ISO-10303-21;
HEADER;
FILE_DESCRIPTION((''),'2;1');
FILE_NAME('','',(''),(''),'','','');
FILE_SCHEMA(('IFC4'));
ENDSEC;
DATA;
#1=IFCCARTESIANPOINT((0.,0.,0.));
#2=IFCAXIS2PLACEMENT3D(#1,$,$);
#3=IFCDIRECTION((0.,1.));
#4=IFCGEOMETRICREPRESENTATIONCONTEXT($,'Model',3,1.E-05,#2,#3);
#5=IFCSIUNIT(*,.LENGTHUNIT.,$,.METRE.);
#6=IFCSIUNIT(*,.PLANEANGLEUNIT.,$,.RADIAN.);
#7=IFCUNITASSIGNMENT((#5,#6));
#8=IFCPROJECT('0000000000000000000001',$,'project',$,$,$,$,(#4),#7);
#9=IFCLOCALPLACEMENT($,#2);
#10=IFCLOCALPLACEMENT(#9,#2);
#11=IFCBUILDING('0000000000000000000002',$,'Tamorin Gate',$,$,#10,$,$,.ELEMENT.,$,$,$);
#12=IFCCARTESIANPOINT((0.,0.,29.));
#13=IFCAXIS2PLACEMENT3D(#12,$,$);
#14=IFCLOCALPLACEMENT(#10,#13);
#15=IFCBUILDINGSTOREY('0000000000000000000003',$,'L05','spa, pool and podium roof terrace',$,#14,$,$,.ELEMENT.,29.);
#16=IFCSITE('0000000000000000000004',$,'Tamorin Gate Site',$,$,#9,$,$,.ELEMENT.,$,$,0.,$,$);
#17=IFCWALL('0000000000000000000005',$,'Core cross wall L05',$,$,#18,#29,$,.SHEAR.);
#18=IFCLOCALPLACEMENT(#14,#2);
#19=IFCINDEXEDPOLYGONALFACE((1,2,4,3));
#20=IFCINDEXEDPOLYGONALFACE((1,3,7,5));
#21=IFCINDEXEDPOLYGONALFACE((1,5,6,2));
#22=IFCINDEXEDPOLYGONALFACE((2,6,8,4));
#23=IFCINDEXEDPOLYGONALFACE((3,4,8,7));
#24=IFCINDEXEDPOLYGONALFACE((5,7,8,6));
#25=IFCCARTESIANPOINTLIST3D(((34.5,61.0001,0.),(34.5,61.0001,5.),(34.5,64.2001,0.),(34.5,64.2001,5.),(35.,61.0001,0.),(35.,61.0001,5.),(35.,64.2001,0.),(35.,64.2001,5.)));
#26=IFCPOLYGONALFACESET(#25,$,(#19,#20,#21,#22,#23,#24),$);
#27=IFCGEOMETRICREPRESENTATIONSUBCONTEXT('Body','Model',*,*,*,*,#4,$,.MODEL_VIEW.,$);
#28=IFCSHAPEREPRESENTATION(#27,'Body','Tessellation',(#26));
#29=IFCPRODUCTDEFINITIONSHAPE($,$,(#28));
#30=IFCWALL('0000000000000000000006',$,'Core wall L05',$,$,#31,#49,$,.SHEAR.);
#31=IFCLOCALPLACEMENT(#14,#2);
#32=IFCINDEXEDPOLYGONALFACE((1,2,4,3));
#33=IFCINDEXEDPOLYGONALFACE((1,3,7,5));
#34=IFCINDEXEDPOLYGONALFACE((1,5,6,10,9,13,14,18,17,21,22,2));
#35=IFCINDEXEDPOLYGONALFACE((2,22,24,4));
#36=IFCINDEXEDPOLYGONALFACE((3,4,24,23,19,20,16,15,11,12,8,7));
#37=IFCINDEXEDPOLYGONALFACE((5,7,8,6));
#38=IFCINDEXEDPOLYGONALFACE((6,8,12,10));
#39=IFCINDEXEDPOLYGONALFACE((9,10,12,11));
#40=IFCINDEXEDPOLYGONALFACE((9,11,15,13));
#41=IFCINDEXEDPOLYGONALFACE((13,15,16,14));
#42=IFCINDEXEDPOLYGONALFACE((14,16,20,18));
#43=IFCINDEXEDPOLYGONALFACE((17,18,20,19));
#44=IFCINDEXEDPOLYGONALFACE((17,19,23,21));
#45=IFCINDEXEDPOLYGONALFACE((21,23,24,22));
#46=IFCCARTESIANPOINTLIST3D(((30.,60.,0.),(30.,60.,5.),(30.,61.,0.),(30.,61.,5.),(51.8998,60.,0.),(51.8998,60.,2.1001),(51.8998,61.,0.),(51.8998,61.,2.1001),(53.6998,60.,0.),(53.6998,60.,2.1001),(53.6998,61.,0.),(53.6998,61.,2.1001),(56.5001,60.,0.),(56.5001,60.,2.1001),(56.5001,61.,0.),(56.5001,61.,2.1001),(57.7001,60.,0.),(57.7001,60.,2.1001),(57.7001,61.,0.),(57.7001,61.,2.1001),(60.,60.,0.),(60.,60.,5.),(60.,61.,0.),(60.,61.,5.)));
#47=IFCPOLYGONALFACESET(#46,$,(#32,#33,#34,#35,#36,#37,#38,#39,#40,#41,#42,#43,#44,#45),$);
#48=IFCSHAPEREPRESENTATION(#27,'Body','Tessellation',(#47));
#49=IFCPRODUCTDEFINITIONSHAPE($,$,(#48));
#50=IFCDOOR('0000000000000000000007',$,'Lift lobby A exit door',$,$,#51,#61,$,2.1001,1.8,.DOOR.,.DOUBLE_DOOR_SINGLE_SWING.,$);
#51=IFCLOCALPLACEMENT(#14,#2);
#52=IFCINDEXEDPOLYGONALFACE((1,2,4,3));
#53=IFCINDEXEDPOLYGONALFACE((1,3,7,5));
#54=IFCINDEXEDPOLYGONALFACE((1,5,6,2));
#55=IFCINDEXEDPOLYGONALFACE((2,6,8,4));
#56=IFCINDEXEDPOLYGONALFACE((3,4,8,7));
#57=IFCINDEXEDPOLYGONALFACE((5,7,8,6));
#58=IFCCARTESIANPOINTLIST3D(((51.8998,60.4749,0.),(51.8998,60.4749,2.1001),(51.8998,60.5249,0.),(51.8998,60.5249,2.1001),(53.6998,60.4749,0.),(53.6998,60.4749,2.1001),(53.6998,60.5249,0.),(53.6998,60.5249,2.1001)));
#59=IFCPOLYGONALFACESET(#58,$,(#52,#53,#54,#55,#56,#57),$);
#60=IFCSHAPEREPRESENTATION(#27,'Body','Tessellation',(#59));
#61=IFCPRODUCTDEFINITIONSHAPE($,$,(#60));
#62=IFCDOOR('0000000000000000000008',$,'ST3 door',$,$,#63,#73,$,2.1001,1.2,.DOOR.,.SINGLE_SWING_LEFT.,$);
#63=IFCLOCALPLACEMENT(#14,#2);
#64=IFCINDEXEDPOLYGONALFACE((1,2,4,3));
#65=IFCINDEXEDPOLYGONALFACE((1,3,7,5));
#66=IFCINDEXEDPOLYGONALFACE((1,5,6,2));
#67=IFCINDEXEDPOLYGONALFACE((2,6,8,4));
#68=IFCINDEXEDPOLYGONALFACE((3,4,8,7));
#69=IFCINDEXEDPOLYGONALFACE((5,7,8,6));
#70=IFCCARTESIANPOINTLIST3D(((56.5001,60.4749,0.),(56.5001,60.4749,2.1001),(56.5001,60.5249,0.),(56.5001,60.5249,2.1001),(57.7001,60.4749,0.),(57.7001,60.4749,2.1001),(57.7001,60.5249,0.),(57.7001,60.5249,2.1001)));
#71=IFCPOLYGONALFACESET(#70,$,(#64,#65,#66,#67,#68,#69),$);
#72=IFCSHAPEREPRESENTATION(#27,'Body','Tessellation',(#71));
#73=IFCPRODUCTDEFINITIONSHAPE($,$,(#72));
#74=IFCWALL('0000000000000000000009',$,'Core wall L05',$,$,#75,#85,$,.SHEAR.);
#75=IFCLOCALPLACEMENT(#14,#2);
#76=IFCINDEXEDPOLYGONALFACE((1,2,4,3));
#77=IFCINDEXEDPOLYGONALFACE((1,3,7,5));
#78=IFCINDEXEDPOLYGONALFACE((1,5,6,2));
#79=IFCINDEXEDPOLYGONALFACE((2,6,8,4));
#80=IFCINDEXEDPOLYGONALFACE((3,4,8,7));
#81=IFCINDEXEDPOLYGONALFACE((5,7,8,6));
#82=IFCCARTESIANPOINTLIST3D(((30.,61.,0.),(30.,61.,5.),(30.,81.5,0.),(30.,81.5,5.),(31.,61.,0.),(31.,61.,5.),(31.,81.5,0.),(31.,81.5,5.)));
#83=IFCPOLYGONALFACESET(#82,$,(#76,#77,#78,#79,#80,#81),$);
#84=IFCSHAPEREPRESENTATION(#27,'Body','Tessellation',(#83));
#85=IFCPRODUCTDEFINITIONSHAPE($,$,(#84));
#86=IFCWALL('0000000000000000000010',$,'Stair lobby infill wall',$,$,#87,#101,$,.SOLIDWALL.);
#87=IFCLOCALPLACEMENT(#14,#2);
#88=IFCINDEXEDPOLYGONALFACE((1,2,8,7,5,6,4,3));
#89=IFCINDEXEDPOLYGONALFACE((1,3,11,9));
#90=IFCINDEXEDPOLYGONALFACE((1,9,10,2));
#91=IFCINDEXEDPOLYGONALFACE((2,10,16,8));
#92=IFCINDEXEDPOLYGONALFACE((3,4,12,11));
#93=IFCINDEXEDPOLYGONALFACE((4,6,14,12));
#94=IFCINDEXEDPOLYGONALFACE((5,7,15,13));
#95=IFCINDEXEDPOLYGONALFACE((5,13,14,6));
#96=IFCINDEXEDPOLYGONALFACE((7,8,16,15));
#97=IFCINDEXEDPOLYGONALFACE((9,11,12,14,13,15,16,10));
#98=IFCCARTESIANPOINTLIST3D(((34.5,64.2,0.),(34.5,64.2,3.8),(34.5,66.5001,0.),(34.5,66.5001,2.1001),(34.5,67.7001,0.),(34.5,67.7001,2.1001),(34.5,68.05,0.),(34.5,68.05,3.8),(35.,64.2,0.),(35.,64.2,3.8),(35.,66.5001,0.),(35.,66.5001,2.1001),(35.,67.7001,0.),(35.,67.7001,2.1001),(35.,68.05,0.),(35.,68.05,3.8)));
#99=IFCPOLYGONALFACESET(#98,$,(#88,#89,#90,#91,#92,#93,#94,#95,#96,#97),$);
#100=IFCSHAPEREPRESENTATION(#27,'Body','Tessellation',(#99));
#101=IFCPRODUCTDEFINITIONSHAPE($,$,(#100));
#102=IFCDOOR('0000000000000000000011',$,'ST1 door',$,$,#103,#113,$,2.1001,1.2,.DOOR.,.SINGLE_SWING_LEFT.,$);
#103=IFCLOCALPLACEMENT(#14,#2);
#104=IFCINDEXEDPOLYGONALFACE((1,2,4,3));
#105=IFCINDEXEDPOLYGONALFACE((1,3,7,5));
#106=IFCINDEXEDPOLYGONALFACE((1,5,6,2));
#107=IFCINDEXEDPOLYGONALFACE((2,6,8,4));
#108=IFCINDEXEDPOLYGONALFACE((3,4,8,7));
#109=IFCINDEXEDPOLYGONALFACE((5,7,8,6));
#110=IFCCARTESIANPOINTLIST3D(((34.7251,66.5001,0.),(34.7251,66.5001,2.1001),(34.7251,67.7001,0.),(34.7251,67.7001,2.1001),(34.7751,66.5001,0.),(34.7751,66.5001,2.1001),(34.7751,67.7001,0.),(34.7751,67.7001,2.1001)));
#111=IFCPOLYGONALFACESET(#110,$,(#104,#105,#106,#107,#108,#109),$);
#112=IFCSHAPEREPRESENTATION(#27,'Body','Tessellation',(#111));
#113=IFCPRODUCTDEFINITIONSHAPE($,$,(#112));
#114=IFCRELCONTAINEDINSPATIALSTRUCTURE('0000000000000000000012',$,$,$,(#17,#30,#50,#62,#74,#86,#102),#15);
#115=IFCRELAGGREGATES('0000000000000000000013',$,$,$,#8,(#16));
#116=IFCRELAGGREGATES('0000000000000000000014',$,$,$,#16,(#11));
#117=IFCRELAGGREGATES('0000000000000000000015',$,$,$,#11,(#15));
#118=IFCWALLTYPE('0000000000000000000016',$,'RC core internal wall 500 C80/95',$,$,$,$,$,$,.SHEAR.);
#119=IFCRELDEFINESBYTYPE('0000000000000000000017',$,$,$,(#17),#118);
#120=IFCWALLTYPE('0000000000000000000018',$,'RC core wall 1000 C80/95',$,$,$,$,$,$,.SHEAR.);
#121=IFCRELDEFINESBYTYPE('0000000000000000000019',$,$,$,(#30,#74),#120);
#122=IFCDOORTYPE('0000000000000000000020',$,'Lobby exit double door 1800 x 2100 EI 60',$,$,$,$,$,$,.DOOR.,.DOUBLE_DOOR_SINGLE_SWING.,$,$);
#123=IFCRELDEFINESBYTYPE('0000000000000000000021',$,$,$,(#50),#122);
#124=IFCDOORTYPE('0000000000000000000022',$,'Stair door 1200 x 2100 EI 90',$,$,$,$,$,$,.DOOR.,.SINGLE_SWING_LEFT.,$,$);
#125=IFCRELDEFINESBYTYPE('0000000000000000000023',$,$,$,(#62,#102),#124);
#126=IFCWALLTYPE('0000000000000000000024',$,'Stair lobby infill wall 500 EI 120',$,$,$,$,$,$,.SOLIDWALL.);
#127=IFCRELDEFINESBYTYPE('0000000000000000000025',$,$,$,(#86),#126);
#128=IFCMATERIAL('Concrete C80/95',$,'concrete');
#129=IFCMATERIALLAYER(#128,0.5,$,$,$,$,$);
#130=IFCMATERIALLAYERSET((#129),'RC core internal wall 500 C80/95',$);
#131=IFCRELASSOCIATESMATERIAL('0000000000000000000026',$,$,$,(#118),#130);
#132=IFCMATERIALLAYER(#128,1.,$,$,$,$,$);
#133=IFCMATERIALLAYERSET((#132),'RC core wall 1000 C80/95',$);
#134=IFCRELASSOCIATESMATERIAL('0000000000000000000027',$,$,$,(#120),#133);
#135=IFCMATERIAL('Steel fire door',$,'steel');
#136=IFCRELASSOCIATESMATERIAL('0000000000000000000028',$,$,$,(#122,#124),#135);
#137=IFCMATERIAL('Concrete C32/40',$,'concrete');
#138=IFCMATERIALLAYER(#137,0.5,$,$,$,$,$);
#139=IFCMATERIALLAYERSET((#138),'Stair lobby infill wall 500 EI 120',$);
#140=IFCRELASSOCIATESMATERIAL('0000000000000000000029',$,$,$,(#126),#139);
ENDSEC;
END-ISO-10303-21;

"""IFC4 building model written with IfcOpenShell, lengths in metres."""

from ifc_helpers import new_model, si_unit, direction, frame, frame_2d, origin, place, context, subcontext, project, spatial, rectangle, extrude, material, layer, layer_set, type_object, element, fill, save


model = new_model("IFC4")

# Units and contexts
model_context = context("Model", 3, precision=1e-05, world=origin(), true_north=direction((0.0, 1.0)))
body_context = subcontext(model_context, "Body", "Model", "MODEL_VIEW")
ifc_project = project(units=[si_unit("LENGTHUNIT", "METRE"), si_unit("PLANEANGLEUNIT", "RADIAN")], contexts=[model_context])

# Site, building, storey
site_placement = place(None, origin())
site = spatial("IfcSite", under=ifc_project, at=site_placement, Name="Tamorin Gate Site", CompositionType="ELEMENT", RefElevation=0.0)
building_placement = place(site_placement, origin())
building = spatial("IfcBuilding", under=site, at=building_placement, Name="Tamorin Gate", CompositionType="ELEMENT")
storey_placement = place(building_placement, frame((0.0, 0.0, 29.0)))
storey = spatial("IfcBuildingStorey", under=building, at=storey_placement, Name="L05", Description="spa, pool and podium roof terrace", CompositionType="ELEMENT", Elevation=29.0)

# Shared definitions
ifc_material_1 = material(Name="Concrete C80/95", Category="concrete")

# Shared definitions
ifc_material_2 = material(Name="Concrete C32/40", Category="concrete")

# Wall
ifc_layer_1 = layer(ifc_material_1, 0.5)
ifc_layer_set_1 = layer_set([ifc_layer_1], Name="RC core internal wall 500 C80/95")
wall_type_1 = type_object("IfcWallType", Name="RC core internal wall 500 C80/95", PredefinedType="SHEAR", material=ifc_layer_set_1)
wall_1_placement = place(storey_placement, frame((34.75, 61.0, 0.0), z_axis=(0.0, 0.0, 1.0), x_axis=(0.0, 1.0, 0.0)))
element("IfcWall", 1, at=wall_1_placement, inside=storey, type_object=wall_type_1, Name="Core cross wall L05", PredefinedType="SHEAR", context=body_context, shape_type="SweptSolid", body=[
    extrude(rectangle(XDim=3.2, YDim=0.5, at=frame_2d((1.6001, 0.0))), origin(), (0.0, 0.0, 1.0), 5.0),
])

# Wall, openings, doors
ifc_layer_2 = layer(ifc_material_1, 1.0)
ifc_layer_set_2 = layer_set([ifc_layer_2], Name="RC core wall 1000 C80/95")
wall_type_2 = type_object("IfcWallType", Name="RC core wall 1000 C80/95", PredefinedType="SHEAR", material=ifc_layer_set_2)
wall_2_placement = place(storey_placement, frame((30.0, 60.5, 0.0), z_axis=(0.0, 0.0, 1.0), x_axis=(1.0, 0.0, 0.0)))
wall_2 = element("IfcWall", 2, at=wall_2_placement, inside=storey, type_object=wall_type_2, Name="Core wall L05", PredefinedType="SHEAR", context=body_context, shape_type="SweptSolid", body=[
    extrude(rectangle(XDim=30.0, YDim=1.0, at=frame_2d((15.0, 0.0))), origin(), (0.0, 0.0, 1.0), 5.0),
])
opening_1_placement = place(wall_2_placement, frame((21.8999, 0.0, 0.0)))
opening_1 = element("IfcOpeningElement", 3, at=opening_1_placement, cuts=wall_2, PredefinedType="OPENING", context=body_context, shape_type="SweptSolid", body=[
    extrude(rectangle(XDim=1.8, YDim=2.1001, at=frame_2d((0.8999, 1.05))), frame((0.0, 0.51, 0.0), z_axis=(0.0, -1.0, 0.0), x_axis=(1.0, 0.0, 0.0)), (0.0, 0.0, 1.0), 1.02),
])
opening_2_placement = place(wall_2_placement, frame((26.5, 0.0, 0.0)))
opening_2 = element("IfcOpeningElement", 4, at=opening_2_placement, cuts=wall_2, PredefinedType="OPENING", context=body_context, shape_type="SweptSolid", body=[
    extrude(rectangle(XDim=1.2, YDim=2.1001, at=frame_2d((0.6001, 1.05))), frame((0.0, 0.51, 0.0), z_axis=(0.0, -1.0, 0.0), x_axis=(1.0, 0.0, 0.0)), (0.0, 0.0, 1.0), 1.02),
])
ifc_material_3 = material(Name="Steel fire door", Category="steel")
door_type_1 = type_object("IfcDoorType", Name="Lobby exit double door 1800 x 2100 EI 60", OperationType="DOUBLE_DOOR_SINGLE_SWING", PredefinedType="DOOR", material=ifc_material_3)
door_1_placement = place(opening_1_placement, origin())
door_1 = element("IfcDoor", 5, at=door_1_placement, inside=storey, type_object=door_type_1, Name="Lift lobby A exit door", OperationType="DOUBLE_DOOR_SINGLE_SWING", OverallHeight=2.1001, OverallWidth=1.8, PredefinedType="DOOR", context=body_context, shape_type="SweptSolid", body=[
    extrude(rectangle(XDim=1.8, YDim=2.1001, at=frame_2d((0.8999, 1.05))), frame((0.0, 0.0249, 0.0), z_axis=(0.0, -1.0, 0.0), x_axis=(1.0, 0.0, 0.0)), (0.0, 0.0, 1.0), 0.05),
])
fill(opening_1, door_1)
door_type_2 = type_object("IfcDoorType", Name="Stair door 1200 x 2100 EI 90", OperationType="SINGLE_SWING_LEFT", PredefinedType="DOOR", material=ifc_material_3)
door_2_placement = place(opening_2_placement, origin())
door_2 = element("IfcDoor", 6, at=door_2_placement, inside=storey, type_object=door_type_2, Name="ST3 door", OperationType="SINGLE_SWING_LEFT", OverallHeight=2.1001, OverallWidth=1.2, PredefinedType="DOOR", context=body_context, shape_type="SweptSolid", body=[
    extrude(rectangle(XDim=1.2, YDim=2.1001, at=frame_2d((0.6001, 1.05))), frame((0.0, 0.0249, 0.0), z_axis=(0.0, -1.0, 0.0), x_axis=(1.0, 0.0, 0.0)), (0.0, 0.0, 1.0), 0.05),
])
fill(opening_2, door_2)

# Wall
wall_3_placement = place(storey_placement, frame((30.5, 61.0, 0.0), z_axis=(0.0, 0.0, 1.0), x_axis=(0.0, 1.0, 0.0)))
element("IfcWall", 7, at=wall_3_placement, inside=storey, type_object=wall_type_2, Name="Core wall L05", PredefinedType="SHEAR", context=body_context, shape_type="SweptSolid", body=[
    extrude(rectangle(XDim=20.5, YDim=1.0, at=frame_2d((10.25, 0.0))), origin(), (0.0, 0.0, 1.0), 5.0),
])

# Wall, opening, door
ifc_layer_3 = layer(ifc_material_2, 0.5)
ifc_layer_set_3 = layer_set([ifc_layer_3], Name="Stair lobby infill wall 500 EI 120")
wall_type_3 = type_object("IfcWallType", Name="Stair lobby infill wall 500 EI 120", PredefinedType="SOLIDWALL", material=ifc_layer_set_3)
wall_4_placement = place(storey_placement, frame((34.75, 64.2, 0.0), z_axis=(0.0, 0.0, 1.0), x_axis=(0.0, 1.0, 0.0)))
wall_4 = element("IfcWall", 8, at=wall_4_placement, inside=storey, type_object=wall_type_3, Name="Stair lobby infill wall", PredefinedType="SOLIDWALL", context=body_context, shape_type="SweptSolid", body=[
    extrude(rectangle(XDim=3.8501, YDim=0.5, at=frame_2d((1.925, 0.0))), origin(), (0.0, 0.0, 1.0), 3.8),
])
opening_3_placement = place(wall_4_placement, frame((2.3, 0.0, 0.0)))
opening_3 = element("IfcOpeningElement", 9, at=opening_3_placement, cuts=wall_4, PredefinedType="OPENING", context=body_context, shape_type="SweptSolid", body=[
    extrude(rectangle(XDim=1.2, YDim=2.1001, at=frame_2d((0.6001, 1.05))), frame((0.0, 0.26, 0.0), z_axis=(0.0, -1.0, 0.0), x_axis=(1.0, 0.0, 0.0)), (0.0, 0.0, 1.0), 0.52),
])
door_3_placement = place(opening_3_placement, origin())
door_3 = element("IfcDoor", 10, at=door_3_placement, inside=storey, type_object=door_type_2, Name="ST1 door", OperationType="SINGLE_SWING_LEFT", OverallHeight=2.1001, OverallWidth=1.2, PredefinedType="DOOR", context=body_context, shape_type="SweptSolid", body=[
    extrude(rectangle(XDim=1.2, YDim=2.1001, at=frame_2d((0.6001, 1.05))), frame((0.0, 0.0249, 0.0), z_axis=(0.0, -1.0, 0.0), x_axis=(1.0, 0.0, 0.0)), (0.0, 0.0, 1.0), 0.05),
])
fill(opening_3, door_3)

save(model, "model.ifc")
